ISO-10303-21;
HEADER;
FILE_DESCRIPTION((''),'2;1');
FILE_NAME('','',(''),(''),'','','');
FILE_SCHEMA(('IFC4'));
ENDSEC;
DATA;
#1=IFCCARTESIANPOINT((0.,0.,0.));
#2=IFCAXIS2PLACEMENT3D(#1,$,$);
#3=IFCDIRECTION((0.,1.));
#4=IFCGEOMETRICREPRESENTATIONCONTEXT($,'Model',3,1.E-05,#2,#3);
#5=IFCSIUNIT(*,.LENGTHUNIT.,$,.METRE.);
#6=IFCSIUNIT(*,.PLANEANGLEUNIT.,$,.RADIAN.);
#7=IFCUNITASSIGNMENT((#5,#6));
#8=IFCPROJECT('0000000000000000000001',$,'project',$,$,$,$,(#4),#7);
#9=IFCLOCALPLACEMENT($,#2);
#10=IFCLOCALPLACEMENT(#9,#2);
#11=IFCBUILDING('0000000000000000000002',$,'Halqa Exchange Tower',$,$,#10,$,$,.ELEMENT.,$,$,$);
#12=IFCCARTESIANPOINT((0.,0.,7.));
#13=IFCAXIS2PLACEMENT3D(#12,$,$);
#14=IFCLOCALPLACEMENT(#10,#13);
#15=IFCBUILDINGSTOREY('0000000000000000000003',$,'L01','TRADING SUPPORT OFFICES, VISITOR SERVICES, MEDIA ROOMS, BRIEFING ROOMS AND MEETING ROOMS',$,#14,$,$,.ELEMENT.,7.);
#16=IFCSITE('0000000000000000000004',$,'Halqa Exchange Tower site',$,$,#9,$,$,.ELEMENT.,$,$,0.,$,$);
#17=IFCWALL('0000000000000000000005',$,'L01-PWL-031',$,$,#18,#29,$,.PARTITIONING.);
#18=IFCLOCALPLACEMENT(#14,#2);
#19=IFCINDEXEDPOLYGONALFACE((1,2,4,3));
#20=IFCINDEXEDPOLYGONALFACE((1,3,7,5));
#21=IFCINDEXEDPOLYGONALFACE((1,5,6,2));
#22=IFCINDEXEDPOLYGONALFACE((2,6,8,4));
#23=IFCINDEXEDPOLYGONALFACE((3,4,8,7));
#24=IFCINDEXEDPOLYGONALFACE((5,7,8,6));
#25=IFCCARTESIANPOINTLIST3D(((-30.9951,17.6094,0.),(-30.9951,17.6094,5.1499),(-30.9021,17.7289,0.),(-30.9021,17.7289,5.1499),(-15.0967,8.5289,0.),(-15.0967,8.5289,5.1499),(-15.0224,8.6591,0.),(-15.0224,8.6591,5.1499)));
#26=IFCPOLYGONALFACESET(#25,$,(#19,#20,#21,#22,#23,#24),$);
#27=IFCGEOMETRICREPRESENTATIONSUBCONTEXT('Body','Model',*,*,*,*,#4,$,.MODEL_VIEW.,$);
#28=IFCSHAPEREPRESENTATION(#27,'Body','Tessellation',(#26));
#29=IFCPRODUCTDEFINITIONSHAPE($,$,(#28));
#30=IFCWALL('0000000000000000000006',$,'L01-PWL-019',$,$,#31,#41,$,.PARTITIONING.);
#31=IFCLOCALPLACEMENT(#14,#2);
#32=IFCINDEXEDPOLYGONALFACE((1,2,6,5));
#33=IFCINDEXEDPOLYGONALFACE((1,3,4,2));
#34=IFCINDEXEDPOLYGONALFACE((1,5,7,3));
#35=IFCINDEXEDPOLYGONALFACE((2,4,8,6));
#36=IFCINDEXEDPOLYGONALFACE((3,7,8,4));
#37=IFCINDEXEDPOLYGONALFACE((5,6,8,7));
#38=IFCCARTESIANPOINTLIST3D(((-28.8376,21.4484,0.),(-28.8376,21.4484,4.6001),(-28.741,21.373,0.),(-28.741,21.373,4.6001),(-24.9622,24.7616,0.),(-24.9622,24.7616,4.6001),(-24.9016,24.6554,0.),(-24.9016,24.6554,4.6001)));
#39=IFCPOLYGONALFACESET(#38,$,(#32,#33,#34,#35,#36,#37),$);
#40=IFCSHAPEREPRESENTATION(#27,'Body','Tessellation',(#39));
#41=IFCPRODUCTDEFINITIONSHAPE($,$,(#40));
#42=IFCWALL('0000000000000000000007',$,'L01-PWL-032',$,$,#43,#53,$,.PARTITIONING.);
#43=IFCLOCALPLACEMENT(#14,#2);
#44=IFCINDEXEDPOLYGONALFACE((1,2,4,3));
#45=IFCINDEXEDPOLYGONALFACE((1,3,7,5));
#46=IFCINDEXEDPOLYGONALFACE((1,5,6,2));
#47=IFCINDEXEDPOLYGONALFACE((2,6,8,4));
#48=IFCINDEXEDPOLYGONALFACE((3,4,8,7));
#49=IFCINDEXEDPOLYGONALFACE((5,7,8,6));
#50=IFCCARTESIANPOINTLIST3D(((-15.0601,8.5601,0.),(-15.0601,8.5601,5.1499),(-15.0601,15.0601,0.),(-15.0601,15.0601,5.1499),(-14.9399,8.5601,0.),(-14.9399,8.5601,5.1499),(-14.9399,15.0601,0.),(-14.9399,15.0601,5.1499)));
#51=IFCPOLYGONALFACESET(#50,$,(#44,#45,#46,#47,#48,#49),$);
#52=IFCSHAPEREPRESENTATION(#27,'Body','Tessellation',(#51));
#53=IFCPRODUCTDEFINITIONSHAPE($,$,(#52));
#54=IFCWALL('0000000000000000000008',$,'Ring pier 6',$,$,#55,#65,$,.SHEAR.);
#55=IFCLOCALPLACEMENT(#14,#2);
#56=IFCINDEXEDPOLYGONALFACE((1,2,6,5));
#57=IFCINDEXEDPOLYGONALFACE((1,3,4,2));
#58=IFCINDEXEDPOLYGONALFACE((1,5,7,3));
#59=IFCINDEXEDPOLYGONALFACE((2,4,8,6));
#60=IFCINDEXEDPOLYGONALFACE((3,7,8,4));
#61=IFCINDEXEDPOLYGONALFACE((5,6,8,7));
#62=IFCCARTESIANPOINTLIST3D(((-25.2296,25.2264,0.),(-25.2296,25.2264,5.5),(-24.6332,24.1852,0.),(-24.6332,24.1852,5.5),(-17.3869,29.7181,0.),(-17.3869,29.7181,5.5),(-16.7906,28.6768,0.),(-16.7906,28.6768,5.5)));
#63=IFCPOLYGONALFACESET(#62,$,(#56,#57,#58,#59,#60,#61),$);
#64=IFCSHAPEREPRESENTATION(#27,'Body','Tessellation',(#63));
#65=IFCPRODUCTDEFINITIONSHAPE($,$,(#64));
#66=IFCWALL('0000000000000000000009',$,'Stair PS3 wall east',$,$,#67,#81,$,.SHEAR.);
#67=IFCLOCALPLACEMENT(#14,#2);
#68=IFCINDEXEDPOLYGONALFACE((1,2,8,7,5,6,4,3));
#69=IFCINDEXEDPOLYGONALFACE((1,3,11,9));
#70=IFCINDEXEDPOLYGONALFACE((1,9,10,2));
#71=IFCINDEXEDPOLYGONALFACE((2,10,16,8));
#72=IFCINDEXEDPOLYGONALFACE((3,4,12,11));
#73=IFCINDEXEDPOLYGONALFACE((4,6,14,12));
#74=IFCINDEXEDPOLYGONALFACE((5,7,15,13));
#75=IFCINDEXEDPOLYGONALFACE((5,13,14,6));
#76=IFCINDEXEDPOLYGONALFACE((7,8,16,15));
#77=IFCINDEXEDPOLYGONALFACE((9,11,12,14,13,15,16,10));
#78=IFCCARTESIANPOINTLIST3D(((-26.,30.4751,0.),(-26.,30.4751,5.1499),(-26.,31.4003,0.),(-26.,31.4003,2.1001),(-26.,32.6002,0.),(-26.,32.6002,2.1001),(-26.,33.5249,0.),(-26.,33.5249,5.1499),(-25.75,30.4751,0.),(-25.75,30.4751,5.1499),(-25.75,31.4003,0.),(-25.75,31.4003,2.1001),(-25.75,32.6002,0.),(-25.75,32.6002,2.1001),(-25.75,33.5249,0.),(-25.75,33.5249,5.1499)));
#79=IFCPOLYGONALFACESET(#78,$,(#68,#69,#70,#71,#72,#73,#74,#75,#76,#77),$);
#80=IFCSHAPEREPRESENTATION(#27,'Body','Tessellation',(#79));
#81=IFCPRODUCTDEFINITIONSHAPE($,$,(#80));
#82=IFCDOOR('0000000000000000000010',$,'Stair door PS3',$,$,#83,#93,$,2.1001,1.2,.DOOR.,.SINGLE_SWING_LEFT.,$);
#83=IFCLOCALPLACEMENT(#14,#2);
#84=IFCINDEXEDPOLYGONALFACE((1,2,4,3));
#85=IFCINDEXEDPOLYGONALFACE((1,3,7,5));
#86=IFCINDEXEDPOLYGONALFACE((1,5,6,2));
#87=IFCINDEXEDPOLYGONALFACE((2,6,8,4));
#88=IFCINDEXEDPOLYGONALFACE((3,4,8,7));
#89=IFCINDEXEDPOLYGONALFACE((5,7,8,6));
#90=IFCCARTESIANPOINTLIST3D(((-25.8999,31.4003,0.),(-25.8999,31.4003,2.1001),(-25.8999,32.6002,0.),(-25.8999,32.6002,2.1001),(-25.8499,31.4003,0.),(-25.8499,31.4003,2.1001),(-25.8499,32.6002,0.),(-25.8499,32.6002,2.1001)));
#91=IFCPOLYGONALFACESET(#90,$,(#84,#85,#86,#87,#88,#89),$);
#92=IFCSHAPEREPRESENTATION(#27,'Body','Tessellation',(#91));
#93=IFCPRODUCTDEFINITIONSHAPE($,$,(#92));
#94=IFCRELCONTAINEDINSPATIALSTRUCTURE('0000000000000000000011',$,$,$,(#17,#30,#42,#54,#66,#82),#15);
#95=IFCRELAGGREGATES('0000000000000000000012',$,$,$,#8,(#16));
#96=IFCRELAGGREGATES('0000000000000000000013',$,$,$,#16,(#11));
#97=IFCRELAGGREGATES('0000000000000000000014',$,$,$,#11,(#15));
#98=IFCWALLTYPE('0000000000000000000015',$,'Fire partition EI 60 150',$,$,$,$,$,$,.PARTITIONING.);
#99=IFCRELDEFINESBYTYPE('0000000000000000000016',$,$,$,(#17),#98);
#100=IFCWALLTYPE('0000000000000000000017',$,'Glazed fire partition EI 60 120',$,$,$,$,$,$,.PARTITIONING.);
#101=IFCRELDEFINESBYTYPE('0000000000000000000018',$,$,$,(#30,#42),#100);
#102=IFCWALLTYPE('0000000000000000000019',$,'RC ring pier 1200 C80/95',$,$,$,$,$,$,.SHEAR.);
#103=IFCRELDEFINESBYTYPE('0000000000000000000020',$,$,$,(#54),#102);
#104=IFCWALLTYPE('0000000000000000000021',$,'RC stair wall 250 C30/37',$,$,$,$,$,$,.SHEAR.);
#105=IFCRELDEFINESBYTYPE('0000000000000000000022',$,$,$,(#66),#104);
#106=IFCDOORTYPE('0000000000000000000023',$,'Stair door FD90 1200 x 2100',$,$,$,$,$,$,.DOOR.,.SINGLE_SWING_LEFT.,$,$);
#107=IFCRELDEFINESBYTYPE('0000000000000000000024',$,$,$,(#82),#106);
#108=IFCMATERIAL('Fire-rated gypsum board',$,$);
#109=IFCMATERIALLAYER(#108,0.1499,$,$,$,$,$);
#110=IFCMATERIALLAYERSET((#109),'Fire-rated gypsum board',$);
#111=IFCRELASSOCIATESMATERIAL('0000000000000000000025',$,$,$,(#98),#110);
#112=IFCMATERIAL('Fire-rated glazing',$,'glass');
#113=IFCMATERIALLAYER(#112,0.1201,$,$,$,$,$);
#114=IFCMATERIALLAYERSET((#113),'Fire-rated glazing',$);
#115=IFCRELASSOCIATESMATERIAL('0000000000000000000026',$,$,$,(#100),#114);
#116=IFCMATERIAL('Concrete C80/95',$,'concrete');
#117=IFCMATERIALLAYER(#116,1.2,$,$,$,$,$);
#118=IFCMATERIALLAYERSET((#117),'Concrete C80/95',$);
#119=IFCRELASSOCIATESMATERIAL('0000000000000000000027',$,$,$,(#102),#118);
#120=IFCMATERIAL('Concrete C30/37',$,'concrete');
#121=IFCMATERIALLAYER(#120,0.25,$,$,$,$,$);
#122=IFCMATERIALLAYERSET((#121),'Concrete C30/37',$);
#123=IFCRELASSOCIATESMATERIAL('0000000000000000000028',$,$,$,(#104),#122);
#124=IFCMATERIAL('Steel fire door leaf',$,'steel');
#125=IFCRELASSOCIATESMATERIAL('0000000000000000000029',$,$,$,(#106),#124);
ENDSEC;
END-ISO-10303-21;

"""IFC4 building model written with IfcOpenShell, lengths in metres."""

from ifc_helpers import new_model, si_unit, direction, frame, frame_2d, origin, place, context, subcontext, project, spatial, polyline, rectangle, outline, extrude, material, layer, layer_set, type_object, element, fill, save


model = new_model("IFC4")

# Units and contexts
model_context = context("Model", 3, precision=1e-05, world=origin(), true_north=direction((0.0, 1.0)))
body_context = subcontext(model_context, "Body", "Model", "MODEL_VIEW")
ifc_project = project(units=[si_unit("LENGTHUNIT", "METRE"), si_unit("PLANEANGLEUNIT", "RADIAN")], contexts=[model_context])

# Site, building, storey
site_placement = place(None, origin())
site = spatial("IfcSite", under=ifc_project, at=site_placement, Name="Halqa Exchange Tower site", CompositionType="ELEMENT", RefElevation=0.0)
building_placement = place(site_placement, origin())
building = spatial("IfcBuilding", under=site, at=building_placement, Name="Halqa Exchange Tower", CompositionType="ELEMENT")
storey_placement = place(building_placement, frame((0.0, 0.0, 7.0)))
storey = spatial("IfcBuildingStorey", under=building, at=storey_placement, Name="L01", Description="TRADING SUPPORT OFFICES, VISITOR SERVICES, MEDIA ROOMS, BRIEFING ROOMS AND MEETING ROOMS", CompositionType="ELEMENT", Elevation=7.0)

# Walls
ifc_material_1 = material(Name="Fire-rated gypsum board")
ifc_layer_1 = layer(ifc_material_1, 0.1499)
ifc_layer_set_1 = layer_set([ifc_layer_1], Name="Fire-rated gypsum board")
wall_type_1 = type_object("IfcWallType", Name="Fire partition EI 60 150", PredefinedType="PARTITIONING", material=ifc_layer_set_1)
wall_1_placement = place(storey_placement, frame((-15.0596, 8.594, 0.0), z_axis=(0.0, 0.0, 1.0), x_axis=(-0.868345, 0.495961, 0.0)))
element("IfcWall", 1, at=wall_1_placement, inside=storey, type_object=wall_type_1, Name="L01-PWL-031", PredefinedType="PARTITIONING", context=body_context, shape_type="SweptSolid", body=[
    extrude(outline(polyline([(0.0, -0.075), (18.2874, -0.075), (18.3088, 0.075), (0.0, 0.075), (0.0, -0.075)])), origin(), (0.0, 0.0, 1.0), 5.1499),
])
ifc_material_2 = material(Name="Fire-rated glazing", Category="glass")
ifc_layer_2 = layer(ifc_material_2, 0.1201)
ifc_layer_set_2 = layer_set([ifc_layer_2], Name="Fire-rated glazing")
wall_type_2 = type_object("IfcWallType", Name="Glazed fire partition EI 60 120", PredefinedType="PARTITIONING", material=ifc_layer_set_2)
wall_2_placement = place(storey_placement, frame((-24.9319, 24.7085, 0.0), z_axis=(0.0, 0.0, 1.0), x_axis=(-0.760085, -0.649824, 0.0)))
element("IfcWall", 2, at=wall_2_placement, inside=storey, type_object=wall_type_2, Name="L01-PWL-019", PredefinedType="PARTITIONING", context=body_context, shape_type="SweptSolid", body=[
    extrude(outline(polyline([(-0.0115, -0.0601), (5.0872, -0.0601), (5.0627, 0.0601), (0.0115, 0.0601), (-0.0115, -0.0601)])), origin(), (0.0, 0.0, 1.0), 4.6001),
])
wall_3_placement = place(storey_placement, frame((-15.0, 8.5601, 0.0), z_axis=(0.0, 0.0, 1.0), x_axis=(0.0, 1.0, 0.0)))
element("IfcWall", 3, at=wall_3_placement, inside=storey, type_object=wall_type_2, Name="L01-PWL-032", PredefinedType="PARTITIONING", context=body_context, shape_type="SweptSolid", body=[
    extrude(rectangle(XDim=6.5, YDim=0.1201, at=frame_2d((3.25, 0.0))), origin(), (0.0, 0.0, 1.0), 5.1499),
])
ifc_material_3 = material(Name="Concrete C80/95", Category="concrete")
ifc_layer_3 = layer(ifc_material_3, 1.2)
ifc_layer_set_3 = layer_set([ifc_layer_3], Name="Concrete C80/95")
wall_type_3 = type_object("IfcWallType", Name="RC ring pier 1200 C80/95", PredefinedType="SHEAR", material=ifc_layer_set_3)
wall_4_placement = place(storey_placement, frame((-17.0886, 29.1975, 0.0), z_axis=(0.0, 0.0, 1.0), x_axis=(-0.867761, -0.496982, 0.0)))
element("IfcWall", 4, at=wall_4_placement, inside=storey, type_object=wall_type_3, Name="Ring pier 6", PredefinedType="SHEAR", context=body_context, shape_type="SweptSolid", body=[
    extrude(rectangle(XDim=9.0378, YDim=1.2, at=frame_2d((4.519, 0.0))), origin(), (0.0, 0.0, 1.0), 5.5),
])

# Wall, opening, door
ifc_material_4 = material(Name="Concrete C30/37", Category="concrete")
ifc_layer_4 = layer(ifc_material_4, 0.25)
ifc_layer_set_4 = layer_set([ifc_layer_4], Name="Concrete C30/37")
wall_type_4 = type_object("IfcWallType", Name="RC stair wall 250 C30/37", PredefinedType="SHEAR", material=ifc_layer_set_4)
wall_5_placement = place(storey_placement, frame((-25.875, 30.4751, 0.0), z_axis=(0.0, 0.0, 1.0), x_axis=(0.0, 1.0, 0.0)))
wall_5 = element("IfcWall", 5, at=wall_5_placement, inside=storey, type_object=wall_type_4, Name="Stair PS3 wall east", PredefinedType="SHEAR", context=body_context, shape_type="SweptSolid", body=[
    extrude(rectangle(XDim=3.0498, YDim=0.25, at=frame_2d((1.5249, 0.0))), origin(), (0.0, 0.0, 1.0), 5.1499),
])
opening_placement = place(wall_5_placement, frame((0.925, 0.0, 0.0)))
opening = element("IfcOpeningElement", 6, at=opening_placement, cuts=wall_5, PredefinedType="OPENING", context=body_context, shape_type="SweptSolid", body=[
    extrude(rectangle(XDim=1.2, YDim=2.1001, at=frame_2d((0.6001, 1.05))), frame((0.0, 0.137, 0.0), z_axis=(0.0, -1.0, 0.0), x_axis=(1.0, 0.0, 0.0)), (0.0, 0.0, 1.0), 0.2739),
])
ifc_material_5 = material(Name="Steel fire door leaf", Category="steel")
door_type = type_object("IfcDoorType", Name="Stair door FD90 1200 x 2100", OperationType="SINGLE_SWING_LEFT", PredefinedType="DOOR", material=ifc_material_5)
door_placement = place(opening_placement, origin())
door = element("IfcDoor", 7, at=door_placement, inside=storey, type_object=door_type, Name="Stair door PS3", OperationType="SINGLE_SWING_LEFT", OverallHeight=2.1001, OverallWidth=1.2, PredefinedType="DOOR", context=body_context, shape_type="SweptSolid", body=[
    extrude(rectangle(XDim=1.2, YDim=2.1001, at=frame_2d((0.6001, 1.05))), frame((0.0, 0.0249, 0.0), z_axis=(0.0, -1.0, 0.0), x_axis=(1.0, 0.0, 0.0)), (0.0, 0.0, 1.0), 0.05),
])
fill(opening, door)

save(model, "model.ifc")
